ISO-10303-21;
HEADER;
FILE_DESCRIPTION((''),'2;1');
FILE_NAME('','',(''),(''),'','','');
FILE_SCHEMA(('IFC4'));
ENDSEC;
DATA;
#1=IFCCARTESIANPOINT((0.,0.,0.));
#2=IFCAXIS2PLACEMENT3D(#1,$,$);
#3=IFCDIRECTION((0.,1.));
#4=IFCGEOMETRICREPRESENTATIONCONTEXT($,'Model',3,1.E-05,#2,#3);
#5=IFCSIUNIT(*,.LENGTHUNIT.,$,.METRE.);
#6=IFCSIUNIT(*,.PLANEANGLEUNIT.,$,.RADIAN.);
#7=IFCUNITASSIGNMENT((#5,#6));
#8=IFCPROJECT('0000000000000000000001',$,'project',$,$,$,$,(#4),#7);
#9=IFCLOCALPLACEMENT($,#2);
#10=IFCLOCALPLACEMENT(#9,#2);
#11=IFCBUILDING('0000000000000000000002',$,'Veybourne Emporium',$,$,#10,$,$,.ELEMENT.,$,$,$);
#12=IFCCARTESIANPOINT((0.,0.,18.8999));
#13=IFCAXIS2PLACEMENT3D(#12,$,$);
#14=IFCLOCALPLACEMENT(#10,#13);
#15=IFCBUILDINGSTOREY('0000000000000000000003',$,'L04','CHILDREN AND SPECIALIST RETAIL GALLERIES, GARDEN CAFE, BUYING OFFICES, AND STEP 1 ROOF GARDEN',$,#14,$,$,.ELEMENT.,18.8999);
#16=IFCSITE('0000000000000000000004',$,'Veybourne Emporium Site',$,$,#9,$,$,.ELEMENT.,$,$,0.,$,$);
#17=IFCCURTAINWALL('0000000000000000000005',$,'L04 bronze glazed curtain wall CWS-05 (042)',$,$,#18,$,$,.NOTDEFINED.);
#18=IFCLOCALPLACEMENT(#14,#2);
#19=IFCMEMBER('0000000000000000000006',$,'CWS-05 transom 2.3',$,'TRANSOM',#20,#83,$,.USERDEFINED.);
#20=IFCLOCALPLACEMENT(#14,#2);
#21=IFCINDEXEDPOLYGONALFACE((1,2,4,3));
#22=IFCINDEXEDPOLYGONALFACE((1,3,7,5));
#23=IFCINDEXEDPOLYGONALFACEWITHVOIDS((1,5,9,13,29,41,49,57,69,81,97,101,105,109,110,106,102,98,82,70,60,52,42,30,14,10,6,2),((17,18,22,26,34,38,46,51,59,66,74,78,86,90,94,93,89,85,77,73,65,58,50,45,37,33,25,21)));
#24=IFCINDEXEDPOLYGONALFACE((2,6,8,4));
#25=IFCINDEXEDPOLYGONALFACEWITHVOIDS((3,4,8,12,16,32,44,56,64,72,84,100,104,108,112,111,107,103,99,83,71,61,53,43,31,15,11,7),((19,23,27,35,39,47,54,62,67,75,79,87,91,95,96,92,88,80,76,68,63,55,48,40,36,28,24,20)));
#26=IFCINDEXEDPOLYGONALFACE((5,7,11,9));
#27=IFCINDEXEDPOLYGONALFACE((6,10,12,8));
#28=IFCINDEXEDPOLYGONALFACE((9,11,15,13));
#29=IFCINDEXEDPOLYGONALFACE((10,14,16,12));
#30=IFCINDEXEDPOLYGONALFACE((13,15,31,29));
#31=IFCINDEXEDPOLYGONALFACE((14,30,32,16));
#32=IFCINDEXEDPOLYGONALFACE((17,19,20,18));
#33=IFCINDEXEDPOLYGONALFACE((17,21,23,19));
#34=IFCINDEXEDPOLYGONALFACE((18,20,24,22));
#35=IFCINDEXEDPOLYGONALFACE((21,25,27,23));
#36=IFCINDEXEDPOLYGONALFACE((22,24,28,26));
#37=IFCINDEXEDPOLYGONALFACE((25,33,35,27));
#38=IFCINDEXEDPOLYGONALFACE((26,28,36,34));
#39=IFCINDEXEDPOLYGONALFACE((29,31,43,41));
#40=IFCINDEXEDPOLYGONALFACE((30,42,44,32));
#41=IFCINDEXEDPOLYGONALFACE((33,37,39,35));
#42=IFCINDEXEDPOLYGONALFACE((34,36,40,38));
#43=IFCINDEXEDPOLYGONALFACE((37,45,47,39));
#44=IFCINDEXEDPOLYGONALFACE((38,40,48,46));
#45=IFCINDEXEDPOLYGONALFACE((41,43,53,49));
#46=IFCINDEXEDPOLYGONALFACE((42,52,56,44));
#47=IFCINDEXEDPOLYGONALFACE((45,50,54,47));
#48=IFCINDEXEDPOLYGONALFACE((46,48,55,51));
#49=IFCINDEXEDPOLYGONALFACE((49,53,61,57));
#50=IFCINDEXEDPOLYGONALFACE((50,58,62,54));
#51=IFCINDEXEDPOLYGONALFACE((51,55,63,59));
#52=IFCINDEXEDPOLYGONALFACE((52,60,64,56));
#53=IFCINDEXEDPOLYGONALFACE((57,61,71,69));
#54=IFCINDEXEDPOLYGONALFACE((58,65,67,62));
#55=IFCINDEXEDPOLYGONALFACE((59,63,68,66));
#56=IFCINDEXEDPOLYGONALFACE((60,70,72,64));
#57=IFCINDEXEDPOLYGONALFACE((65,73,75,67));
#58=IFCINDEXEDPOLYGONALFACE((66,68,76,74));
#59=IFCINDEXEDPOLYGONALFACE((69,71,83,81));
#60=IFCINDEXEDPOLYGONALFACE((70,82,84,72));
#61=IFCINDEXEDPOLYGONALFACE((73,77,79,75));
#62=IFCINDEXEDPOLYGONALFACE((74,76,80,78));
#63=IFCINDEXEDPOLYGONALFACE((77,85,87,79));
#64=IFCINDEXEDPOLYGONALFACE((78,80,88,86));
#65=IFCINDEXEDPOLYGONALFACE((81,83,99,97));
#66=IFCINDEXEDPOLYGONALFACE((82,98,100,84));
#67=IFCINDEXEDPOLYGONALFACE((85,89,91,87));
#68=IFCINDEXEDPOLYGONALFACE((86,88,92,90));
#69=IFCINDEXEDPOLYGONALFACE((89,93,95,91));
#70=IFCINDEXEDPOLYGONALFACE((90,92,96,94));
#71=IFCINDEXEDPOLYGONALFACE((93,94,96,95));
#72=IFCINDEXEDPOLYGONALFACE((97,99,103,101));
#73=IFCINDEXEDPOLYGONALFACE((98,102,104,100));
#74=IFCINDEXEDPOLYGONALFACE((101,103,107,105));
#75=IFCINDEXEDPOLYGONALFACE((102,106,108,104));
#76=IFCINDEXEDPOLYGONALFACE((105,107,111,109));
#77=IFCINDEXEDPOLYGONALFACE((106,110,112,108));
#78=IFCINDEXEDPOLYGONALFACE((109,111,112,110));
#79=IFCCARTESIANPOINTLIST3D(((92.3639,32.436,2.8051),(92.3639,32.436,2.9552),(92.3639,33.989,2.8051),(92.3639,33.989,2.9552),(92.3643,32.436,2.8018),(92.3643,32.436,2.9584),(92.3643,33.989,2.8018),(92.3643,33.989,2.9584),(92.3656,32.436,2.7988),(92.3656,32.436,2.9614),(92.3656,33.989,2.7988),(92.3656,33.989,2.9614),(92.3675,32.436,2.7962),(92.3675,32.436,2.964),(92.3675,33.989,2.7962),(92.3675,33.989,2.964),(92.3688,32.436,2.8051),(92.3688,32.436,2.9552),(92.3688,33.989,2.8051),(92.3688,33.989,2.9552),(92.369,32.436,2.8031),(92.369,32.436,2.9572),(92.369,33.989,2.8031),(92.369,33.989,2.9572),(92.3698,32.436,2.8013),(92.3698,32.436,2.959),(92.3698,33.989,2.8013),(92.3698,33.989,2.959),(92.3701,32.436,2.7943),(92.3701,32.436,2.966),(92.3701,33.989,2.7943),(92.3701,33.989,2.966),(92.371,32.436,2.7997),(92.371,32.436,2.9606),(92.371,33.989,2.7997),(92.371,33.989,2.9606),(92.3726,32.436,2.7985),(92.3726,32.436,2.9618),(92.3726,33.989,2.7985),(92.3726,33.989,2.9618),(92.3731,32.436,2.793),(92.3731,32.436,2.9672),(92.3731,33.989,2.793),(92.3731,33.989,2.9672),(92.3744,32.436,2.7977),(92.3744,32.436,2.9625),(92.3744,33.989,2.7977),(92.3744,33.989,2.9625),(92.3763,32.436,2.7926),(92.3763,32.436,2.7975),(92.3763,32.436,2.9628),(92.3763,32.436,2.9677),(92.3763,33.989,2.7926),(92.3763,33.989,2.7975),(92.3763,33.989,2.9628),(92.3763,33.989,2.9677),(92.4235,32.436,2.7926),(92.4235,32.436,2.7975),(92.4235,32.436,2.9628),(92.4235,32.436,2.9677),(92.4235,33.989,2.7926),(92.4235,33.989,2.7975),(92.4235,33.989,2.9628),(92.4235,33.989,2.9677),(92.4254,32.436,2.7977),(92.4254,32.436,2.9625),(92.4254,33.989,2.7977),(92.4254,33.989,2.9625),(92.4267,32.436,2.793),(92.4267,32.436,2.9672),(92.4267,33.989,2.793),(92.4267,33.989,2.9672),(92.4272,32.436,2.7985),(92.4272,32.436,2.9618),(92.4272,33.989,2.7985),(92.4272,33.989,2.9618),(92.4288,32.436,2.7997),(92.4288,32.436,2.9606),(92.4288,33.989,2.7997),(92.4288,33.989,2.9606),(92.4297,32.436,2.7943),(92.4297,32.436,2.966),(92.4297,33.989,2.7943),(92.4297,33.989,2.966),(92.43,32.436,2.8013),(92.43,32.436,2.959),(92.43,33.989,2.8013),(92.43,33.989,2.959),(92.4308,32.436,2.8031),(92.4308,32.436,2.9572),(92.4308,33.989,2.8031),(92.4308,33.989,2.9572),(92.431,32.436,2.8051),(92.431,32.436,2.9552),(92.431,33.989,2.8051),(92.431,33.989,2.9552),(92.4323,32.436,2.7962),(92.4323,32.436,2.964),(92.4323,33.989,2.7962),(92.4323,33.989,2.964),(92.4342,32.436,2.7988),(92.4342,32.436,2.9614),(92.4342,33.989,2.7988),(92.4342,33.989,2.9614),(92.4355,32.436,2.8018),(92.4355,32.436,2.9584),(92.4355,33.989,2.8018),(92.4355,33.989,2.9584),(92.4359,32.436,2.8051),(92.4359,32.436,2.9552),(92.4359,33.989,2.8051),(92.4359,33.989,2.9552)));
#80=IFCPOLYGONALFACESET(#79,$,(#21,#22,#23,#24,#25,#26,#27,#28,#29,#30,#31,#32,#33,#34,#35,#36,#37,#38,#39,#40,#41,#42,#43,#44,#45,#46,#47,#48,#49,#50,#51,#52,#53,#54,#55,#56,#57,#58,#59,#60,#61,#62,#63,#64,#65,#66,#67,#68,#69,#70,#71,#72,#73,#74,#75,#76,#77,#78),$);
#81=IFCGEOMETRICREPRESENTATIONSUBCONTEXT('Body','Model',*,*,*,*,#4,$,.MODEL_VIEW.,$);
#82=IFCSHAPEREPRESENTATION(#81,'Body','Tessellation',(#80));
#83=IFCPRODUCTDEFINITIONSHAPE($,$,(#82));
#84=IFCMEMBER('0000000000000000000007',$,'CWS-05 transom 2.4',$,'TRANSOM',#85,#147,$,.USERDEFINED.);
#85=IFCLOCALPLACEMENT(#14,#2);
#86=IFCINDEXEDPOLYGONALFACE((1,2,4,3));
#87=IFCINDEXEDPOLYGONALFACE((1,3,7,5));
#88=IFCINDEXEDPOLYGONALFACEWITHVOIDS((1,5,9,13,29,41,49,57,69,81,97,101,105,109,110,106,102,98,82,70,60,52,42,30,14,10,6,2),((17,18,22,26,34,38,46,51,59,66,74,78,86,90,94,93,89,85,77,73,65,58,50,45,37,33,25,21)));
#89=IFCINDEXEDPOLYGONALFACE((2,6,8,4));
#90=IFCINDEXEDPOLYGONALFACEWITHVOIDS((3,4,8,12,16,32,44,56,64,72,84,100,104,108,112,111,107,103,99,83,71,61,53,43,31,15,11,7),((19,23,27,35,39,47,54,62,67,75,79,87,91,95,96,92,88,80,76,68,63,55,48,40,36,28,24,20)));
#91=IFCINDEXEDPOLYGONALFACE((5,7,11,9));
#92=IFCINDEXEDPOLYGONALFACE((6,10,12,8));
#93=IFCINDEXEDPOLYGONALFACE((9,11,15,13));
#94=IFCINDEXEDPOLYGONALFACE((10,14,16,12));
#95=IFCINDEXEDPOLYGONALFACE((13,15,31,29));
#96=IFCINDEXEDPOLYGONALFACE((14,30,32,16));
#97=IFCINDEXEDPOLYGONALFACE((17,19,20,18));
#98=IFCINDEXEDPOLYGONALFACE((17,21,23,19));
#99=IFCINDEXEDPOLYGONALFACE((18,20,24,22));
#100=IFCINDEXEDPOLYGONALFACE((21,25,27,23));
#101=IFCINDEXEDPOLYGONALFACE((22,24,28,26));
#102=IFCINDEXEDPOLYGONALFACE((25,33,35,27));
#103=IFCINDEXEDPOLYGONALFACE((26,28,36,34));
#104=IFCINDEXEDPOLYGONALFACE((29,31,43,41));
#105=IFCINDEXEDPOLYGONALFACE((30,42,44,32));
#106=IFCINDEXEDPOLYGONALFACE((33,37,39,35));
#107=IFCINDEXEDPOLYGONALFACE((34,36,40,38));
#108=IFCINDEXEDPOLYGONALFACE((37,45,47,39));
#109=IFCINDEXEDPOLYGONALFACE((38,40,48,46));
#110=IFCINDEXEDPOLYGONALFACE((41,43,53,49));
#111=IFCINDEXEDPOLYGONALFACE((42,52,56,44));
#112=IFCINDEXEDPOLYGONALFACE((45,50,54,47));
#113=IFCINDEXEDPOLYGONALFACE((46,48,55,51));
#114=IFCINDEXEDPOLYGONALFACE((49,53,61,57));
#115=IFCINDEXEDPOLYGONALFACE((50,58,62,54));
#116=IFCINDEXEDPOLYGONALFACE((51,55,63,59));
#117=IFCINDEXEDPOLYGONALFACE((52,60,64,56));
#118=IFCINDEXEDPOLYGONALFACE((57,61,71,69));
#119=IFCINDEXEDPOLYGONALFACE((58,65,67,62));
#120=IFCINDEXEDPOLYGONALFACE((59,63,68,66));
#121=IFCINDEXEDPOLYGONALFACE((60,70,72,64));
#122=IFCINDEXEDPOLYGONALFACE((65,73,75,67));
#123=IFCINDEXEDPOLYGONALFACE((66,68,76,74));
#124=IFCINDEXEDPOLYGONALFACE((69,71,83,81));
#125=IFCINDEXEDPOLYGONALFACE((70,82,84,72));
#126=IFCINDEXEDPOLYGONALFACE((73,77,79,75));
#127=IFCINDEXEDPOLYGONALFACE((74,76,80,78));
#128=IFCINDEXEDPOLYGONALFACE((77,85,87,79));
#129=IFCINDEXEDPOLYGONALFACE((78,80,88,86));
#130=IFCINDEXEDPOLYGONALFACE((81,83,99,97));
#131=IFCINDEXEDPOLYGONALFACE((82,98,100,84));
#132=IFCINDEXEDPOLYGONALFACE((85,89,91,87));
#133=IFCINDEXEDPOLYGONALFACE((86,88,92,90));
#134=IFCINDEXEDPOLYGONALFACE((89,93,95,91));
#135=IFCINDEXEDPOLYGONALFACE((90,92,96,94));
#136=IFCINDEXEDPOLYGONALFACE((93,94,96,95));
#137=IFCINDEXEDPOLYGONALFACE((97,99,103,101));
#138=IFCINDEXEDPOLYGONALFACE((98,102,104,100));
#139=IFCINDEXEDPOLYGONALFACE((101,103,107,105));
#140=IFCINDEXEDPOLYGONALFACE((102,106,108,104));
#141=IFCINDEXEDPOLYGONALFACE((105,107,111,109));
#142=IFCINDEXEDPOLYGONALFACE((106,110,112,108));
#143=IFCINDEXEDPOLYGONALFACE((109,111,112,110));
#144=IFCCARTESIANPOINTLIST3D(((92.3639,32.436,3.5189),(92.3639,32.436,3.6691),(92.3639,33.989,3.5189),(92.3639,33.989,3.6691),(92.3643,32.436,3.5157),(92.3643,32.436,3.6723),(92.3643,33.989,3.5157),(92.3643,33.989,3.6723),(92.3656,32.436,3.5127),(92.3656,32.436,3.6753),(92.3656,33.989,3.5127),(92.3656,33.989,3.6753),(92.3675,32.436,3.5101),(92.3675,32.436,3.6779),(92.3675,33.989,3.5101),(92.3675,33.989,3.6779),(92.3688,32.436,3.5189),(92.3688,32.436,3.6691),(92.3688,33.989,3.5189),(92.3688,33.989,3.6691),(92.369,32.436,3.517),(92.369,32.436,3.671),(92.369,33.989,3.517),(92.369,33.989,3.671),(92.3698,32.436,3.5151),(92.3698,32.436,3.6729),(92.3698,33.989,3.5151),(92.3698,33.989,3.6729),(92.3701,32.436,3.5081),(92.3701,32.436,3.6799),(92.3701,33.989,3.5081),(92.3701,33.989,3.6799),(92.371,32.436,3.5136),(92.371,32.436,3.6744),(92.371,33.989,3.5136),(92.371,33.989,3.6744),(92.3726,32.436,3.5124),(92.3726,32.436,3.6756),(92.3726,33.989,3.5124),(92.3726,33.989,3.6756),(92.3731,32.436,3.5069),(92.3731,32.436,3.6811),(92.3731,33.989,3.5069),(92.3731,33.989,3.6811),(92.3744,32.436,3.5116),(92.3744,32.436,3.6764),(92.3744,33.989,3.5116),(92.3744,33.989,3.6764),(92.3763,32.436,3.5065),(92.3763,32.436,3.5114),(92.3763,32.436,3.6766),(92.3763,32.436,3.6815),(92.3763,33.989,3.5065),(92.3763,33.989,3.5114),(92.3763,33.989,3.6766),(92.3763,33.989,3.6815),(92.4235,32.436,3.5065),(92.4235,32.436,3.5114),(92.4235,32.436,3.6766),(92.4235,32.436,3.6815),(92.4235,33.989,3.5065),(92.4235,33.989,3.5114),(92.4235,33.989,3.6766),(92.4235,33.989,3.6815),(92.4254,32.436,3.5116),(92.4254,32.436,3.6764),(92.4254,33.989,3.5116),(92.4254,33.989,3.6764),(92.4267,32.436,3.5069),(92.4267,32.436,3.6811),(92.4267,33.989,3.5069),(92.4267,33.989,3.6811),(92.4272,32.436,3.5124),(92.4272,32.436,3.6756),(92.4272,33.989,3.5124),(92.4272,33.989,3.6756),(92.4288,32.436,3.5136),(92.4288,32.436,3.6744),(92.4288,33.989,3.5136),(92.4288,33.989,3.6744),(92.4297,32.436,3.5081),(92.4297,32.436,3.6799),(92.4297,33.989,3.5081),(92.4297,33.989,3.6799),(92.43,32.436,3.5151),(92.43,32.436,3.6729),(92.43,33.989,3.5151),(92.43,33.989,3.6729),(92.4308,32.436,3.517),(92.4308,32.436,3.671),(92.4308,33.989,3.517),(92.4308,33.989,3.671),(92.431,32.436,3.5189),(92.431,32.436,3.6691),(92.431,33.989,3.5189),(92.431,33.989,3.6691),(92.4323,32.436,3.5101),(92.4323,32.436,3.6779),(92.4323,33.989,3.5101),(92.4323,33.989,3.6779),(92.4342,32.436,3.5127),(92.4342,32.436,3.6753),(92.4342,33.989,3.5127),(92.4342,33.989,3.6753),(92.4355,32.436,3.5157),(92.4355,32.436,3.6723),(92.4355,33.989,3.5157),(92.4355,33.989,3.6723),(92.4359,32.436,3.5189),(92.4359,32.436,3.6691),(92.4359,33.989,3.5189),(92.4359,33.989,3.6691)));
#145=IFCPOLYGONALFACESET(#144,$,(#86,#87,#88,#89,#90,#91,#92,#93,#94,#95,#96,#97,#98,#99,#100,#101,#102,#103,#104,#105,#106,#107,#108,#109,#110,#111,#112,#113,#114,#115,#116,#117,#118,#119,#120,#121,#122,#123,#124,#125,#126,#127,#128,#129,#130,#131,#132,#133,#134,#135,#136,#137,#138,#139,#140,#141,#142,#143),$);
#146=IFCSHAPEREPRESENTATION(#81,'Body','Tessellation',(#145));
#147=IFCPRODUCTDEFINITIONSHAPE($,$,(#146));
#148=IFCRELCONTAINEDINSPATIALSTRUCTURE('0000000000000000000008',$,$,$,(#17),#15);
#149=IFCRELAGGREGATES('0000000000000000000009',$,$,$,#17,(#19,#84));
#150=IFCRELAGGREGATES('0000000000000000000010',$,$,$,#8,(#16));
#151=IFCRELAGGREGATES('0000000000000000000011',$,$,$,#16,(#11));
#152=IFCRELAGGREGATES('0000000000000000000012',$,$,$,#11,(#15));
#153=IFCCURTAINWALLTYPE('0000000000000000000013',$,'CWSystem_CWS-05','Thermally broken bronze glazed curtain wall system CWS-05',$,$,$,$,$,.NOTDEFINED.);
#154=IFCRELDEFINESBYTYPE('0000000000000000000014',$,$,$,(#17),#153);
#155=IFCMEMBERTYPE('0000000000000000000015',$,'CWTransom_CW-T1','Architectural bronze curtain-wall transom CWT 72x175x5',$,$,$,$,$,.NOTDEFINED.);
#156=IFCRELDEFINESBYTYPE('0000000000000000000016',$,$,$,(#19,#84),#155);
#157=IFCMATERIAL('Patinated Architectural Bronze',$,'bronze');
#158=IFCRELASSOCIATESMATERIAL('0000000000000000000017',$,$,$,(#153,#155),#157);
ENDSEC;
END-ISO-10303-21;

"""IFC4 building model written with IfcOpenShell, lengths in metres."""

from ifc_helpers import new_model, si_unit, direction, frame, origin, origin_2d, place, context, subcontext, project, spatial, hollow_rectangle, extrude, material, material_profile, profile_set, type_object, element, aggregate, save


model = new_model("IFC4")

# Units and contexts
model_context = context("Model", 3, precision=1e-05, world=origin(), true_north=direction((0.0, 1.0)))
body_context = subcontext(model_context, "Body", "Model", "MODEL_VIEW")
ifc_project = project(units=[si_unit("LENGTHUNIT", "METRE"), si_unit("PLANEANGLEUNIT", "RADIAN")], contexts=[model_context])

# Site, building, storey
site_placement = place(None, origin())
site = spatial("IfcSite", under=ifc_project, at=site_placement, Name="Veybourne Emporium Site", CompositionType="ELEMENT", RefElevation=0.0)
building_placement = place(site_placement, origin())
building = spatial("IfcBuilding", under=site, at=building_placement, Name="Veybourne Emporium", CompositionType="ELEMENT")
storey_placement = place(building_placement, frame((0.0, 0.0, 18.8999)))
storey = spatial("IfcBuildingStorey", under=building, at=storey_placement, Name="L04", Description="CHILDREN AND SPECIALIST RETAIL GALLERIES, GARDEN CAFE, BUYING OFFICES, AND STEP 1 ROOF GARDEN", CompositionType="ELEMENT", Elevation=18.8999)

# Curtain wall, members
ifc_material_1 = material(Name="Patinated Architectural Bronze", Category="bronze")
curtain_wall_type = type_object("IfcCurtainWallType", Name="CWSystem_CWS-05", Description="Thermally broken bronze glazed curtain wall system CWS-05", PredefinedType="NOTDEFINED", material=ifc_material_1)
curtain_wall_placement = place(storey_placement, origin())
curtain_wall = element("IfcCurtainWall", 1, at=curtain_wall_placement, inside=storey, type_object=curtain_wall_type, Name="L04 bronze glazed curtain wall CWS-05 (042)", PredefinedType="NOTDEFINED")
ifc_material_profile_1 = material_profile(ifc_material_1, hollow_rectangle(XDim=0.072, YDim=0.175, WallThickness=0.0049, InnerFilletRadius=0.0076, OuterFilletRadius=0.0125, at=origin_2d()), Name="CWT 72x175x5")
ifc_profile_set_1 = profile_set([ifc_material_profile_1], Name="Patinated Architectural Bronze")
member_type_1 = type_object("IfcMemberType", Name="CWTransom_CW-T1", Description="Architectural bronze curtain-wall transom CWT 72x175x5", PredefinedType="NOTDEFINED", material=ifc_profile_set_1)
member_1_placement = place(storey_placement, frame((92.3999, 33.989, 2.8801), z_axis=(0.0, -1.0, 0.0), x_axis=(1.0, 0.0, 0.0)))
member_1 = element("IfcMember", 2, at=member_1_placement, type_object=member_type_1, Name="CWS-05 transom 2.3", ObjectType="TRANSOM", PredefinedType="USERDEFINED", context=body_context, shape_type="SweptSolid", body=[
    extrude(hollow_rectangle(XDim=0.072, YDim=0.175, WallThickness=0.0049, InnerFilletRadius=0.0076, OuterFilletRadius=0.0125, at=origin_2d()), origin(), (0.0, 0.0, 1.0), 1.553),
])
member_2_placement = place(storey_placement, frame((92.3999, 33.989, 3.594), z_axis=(0.0, -1.0, 0.0), x_axis=(1.0, 0.0, 0.0)))
member_2 = element("IfcMember", 3, at=member_2_placement, type_object=member_type_1, Name="CWS-05 transom 2.4", ObjectType="TRANSOM", PredefinedType="USERDEFINED", context=body_context, shape_type="SweptSolid", body=[
    extrude(hollow_rectangle(XDim=0.072, YDim=0.175, WallThickness=0.0049, InnerFilletRadius=0.0076, OuterFilletRadius=0.0125, at=origin_2d()), origin(), (0.0, 0.0, 1.0), 1.553),
])
aggregate(curtain_wall, [member_1, member_2])

save(model, "model.ifc")
